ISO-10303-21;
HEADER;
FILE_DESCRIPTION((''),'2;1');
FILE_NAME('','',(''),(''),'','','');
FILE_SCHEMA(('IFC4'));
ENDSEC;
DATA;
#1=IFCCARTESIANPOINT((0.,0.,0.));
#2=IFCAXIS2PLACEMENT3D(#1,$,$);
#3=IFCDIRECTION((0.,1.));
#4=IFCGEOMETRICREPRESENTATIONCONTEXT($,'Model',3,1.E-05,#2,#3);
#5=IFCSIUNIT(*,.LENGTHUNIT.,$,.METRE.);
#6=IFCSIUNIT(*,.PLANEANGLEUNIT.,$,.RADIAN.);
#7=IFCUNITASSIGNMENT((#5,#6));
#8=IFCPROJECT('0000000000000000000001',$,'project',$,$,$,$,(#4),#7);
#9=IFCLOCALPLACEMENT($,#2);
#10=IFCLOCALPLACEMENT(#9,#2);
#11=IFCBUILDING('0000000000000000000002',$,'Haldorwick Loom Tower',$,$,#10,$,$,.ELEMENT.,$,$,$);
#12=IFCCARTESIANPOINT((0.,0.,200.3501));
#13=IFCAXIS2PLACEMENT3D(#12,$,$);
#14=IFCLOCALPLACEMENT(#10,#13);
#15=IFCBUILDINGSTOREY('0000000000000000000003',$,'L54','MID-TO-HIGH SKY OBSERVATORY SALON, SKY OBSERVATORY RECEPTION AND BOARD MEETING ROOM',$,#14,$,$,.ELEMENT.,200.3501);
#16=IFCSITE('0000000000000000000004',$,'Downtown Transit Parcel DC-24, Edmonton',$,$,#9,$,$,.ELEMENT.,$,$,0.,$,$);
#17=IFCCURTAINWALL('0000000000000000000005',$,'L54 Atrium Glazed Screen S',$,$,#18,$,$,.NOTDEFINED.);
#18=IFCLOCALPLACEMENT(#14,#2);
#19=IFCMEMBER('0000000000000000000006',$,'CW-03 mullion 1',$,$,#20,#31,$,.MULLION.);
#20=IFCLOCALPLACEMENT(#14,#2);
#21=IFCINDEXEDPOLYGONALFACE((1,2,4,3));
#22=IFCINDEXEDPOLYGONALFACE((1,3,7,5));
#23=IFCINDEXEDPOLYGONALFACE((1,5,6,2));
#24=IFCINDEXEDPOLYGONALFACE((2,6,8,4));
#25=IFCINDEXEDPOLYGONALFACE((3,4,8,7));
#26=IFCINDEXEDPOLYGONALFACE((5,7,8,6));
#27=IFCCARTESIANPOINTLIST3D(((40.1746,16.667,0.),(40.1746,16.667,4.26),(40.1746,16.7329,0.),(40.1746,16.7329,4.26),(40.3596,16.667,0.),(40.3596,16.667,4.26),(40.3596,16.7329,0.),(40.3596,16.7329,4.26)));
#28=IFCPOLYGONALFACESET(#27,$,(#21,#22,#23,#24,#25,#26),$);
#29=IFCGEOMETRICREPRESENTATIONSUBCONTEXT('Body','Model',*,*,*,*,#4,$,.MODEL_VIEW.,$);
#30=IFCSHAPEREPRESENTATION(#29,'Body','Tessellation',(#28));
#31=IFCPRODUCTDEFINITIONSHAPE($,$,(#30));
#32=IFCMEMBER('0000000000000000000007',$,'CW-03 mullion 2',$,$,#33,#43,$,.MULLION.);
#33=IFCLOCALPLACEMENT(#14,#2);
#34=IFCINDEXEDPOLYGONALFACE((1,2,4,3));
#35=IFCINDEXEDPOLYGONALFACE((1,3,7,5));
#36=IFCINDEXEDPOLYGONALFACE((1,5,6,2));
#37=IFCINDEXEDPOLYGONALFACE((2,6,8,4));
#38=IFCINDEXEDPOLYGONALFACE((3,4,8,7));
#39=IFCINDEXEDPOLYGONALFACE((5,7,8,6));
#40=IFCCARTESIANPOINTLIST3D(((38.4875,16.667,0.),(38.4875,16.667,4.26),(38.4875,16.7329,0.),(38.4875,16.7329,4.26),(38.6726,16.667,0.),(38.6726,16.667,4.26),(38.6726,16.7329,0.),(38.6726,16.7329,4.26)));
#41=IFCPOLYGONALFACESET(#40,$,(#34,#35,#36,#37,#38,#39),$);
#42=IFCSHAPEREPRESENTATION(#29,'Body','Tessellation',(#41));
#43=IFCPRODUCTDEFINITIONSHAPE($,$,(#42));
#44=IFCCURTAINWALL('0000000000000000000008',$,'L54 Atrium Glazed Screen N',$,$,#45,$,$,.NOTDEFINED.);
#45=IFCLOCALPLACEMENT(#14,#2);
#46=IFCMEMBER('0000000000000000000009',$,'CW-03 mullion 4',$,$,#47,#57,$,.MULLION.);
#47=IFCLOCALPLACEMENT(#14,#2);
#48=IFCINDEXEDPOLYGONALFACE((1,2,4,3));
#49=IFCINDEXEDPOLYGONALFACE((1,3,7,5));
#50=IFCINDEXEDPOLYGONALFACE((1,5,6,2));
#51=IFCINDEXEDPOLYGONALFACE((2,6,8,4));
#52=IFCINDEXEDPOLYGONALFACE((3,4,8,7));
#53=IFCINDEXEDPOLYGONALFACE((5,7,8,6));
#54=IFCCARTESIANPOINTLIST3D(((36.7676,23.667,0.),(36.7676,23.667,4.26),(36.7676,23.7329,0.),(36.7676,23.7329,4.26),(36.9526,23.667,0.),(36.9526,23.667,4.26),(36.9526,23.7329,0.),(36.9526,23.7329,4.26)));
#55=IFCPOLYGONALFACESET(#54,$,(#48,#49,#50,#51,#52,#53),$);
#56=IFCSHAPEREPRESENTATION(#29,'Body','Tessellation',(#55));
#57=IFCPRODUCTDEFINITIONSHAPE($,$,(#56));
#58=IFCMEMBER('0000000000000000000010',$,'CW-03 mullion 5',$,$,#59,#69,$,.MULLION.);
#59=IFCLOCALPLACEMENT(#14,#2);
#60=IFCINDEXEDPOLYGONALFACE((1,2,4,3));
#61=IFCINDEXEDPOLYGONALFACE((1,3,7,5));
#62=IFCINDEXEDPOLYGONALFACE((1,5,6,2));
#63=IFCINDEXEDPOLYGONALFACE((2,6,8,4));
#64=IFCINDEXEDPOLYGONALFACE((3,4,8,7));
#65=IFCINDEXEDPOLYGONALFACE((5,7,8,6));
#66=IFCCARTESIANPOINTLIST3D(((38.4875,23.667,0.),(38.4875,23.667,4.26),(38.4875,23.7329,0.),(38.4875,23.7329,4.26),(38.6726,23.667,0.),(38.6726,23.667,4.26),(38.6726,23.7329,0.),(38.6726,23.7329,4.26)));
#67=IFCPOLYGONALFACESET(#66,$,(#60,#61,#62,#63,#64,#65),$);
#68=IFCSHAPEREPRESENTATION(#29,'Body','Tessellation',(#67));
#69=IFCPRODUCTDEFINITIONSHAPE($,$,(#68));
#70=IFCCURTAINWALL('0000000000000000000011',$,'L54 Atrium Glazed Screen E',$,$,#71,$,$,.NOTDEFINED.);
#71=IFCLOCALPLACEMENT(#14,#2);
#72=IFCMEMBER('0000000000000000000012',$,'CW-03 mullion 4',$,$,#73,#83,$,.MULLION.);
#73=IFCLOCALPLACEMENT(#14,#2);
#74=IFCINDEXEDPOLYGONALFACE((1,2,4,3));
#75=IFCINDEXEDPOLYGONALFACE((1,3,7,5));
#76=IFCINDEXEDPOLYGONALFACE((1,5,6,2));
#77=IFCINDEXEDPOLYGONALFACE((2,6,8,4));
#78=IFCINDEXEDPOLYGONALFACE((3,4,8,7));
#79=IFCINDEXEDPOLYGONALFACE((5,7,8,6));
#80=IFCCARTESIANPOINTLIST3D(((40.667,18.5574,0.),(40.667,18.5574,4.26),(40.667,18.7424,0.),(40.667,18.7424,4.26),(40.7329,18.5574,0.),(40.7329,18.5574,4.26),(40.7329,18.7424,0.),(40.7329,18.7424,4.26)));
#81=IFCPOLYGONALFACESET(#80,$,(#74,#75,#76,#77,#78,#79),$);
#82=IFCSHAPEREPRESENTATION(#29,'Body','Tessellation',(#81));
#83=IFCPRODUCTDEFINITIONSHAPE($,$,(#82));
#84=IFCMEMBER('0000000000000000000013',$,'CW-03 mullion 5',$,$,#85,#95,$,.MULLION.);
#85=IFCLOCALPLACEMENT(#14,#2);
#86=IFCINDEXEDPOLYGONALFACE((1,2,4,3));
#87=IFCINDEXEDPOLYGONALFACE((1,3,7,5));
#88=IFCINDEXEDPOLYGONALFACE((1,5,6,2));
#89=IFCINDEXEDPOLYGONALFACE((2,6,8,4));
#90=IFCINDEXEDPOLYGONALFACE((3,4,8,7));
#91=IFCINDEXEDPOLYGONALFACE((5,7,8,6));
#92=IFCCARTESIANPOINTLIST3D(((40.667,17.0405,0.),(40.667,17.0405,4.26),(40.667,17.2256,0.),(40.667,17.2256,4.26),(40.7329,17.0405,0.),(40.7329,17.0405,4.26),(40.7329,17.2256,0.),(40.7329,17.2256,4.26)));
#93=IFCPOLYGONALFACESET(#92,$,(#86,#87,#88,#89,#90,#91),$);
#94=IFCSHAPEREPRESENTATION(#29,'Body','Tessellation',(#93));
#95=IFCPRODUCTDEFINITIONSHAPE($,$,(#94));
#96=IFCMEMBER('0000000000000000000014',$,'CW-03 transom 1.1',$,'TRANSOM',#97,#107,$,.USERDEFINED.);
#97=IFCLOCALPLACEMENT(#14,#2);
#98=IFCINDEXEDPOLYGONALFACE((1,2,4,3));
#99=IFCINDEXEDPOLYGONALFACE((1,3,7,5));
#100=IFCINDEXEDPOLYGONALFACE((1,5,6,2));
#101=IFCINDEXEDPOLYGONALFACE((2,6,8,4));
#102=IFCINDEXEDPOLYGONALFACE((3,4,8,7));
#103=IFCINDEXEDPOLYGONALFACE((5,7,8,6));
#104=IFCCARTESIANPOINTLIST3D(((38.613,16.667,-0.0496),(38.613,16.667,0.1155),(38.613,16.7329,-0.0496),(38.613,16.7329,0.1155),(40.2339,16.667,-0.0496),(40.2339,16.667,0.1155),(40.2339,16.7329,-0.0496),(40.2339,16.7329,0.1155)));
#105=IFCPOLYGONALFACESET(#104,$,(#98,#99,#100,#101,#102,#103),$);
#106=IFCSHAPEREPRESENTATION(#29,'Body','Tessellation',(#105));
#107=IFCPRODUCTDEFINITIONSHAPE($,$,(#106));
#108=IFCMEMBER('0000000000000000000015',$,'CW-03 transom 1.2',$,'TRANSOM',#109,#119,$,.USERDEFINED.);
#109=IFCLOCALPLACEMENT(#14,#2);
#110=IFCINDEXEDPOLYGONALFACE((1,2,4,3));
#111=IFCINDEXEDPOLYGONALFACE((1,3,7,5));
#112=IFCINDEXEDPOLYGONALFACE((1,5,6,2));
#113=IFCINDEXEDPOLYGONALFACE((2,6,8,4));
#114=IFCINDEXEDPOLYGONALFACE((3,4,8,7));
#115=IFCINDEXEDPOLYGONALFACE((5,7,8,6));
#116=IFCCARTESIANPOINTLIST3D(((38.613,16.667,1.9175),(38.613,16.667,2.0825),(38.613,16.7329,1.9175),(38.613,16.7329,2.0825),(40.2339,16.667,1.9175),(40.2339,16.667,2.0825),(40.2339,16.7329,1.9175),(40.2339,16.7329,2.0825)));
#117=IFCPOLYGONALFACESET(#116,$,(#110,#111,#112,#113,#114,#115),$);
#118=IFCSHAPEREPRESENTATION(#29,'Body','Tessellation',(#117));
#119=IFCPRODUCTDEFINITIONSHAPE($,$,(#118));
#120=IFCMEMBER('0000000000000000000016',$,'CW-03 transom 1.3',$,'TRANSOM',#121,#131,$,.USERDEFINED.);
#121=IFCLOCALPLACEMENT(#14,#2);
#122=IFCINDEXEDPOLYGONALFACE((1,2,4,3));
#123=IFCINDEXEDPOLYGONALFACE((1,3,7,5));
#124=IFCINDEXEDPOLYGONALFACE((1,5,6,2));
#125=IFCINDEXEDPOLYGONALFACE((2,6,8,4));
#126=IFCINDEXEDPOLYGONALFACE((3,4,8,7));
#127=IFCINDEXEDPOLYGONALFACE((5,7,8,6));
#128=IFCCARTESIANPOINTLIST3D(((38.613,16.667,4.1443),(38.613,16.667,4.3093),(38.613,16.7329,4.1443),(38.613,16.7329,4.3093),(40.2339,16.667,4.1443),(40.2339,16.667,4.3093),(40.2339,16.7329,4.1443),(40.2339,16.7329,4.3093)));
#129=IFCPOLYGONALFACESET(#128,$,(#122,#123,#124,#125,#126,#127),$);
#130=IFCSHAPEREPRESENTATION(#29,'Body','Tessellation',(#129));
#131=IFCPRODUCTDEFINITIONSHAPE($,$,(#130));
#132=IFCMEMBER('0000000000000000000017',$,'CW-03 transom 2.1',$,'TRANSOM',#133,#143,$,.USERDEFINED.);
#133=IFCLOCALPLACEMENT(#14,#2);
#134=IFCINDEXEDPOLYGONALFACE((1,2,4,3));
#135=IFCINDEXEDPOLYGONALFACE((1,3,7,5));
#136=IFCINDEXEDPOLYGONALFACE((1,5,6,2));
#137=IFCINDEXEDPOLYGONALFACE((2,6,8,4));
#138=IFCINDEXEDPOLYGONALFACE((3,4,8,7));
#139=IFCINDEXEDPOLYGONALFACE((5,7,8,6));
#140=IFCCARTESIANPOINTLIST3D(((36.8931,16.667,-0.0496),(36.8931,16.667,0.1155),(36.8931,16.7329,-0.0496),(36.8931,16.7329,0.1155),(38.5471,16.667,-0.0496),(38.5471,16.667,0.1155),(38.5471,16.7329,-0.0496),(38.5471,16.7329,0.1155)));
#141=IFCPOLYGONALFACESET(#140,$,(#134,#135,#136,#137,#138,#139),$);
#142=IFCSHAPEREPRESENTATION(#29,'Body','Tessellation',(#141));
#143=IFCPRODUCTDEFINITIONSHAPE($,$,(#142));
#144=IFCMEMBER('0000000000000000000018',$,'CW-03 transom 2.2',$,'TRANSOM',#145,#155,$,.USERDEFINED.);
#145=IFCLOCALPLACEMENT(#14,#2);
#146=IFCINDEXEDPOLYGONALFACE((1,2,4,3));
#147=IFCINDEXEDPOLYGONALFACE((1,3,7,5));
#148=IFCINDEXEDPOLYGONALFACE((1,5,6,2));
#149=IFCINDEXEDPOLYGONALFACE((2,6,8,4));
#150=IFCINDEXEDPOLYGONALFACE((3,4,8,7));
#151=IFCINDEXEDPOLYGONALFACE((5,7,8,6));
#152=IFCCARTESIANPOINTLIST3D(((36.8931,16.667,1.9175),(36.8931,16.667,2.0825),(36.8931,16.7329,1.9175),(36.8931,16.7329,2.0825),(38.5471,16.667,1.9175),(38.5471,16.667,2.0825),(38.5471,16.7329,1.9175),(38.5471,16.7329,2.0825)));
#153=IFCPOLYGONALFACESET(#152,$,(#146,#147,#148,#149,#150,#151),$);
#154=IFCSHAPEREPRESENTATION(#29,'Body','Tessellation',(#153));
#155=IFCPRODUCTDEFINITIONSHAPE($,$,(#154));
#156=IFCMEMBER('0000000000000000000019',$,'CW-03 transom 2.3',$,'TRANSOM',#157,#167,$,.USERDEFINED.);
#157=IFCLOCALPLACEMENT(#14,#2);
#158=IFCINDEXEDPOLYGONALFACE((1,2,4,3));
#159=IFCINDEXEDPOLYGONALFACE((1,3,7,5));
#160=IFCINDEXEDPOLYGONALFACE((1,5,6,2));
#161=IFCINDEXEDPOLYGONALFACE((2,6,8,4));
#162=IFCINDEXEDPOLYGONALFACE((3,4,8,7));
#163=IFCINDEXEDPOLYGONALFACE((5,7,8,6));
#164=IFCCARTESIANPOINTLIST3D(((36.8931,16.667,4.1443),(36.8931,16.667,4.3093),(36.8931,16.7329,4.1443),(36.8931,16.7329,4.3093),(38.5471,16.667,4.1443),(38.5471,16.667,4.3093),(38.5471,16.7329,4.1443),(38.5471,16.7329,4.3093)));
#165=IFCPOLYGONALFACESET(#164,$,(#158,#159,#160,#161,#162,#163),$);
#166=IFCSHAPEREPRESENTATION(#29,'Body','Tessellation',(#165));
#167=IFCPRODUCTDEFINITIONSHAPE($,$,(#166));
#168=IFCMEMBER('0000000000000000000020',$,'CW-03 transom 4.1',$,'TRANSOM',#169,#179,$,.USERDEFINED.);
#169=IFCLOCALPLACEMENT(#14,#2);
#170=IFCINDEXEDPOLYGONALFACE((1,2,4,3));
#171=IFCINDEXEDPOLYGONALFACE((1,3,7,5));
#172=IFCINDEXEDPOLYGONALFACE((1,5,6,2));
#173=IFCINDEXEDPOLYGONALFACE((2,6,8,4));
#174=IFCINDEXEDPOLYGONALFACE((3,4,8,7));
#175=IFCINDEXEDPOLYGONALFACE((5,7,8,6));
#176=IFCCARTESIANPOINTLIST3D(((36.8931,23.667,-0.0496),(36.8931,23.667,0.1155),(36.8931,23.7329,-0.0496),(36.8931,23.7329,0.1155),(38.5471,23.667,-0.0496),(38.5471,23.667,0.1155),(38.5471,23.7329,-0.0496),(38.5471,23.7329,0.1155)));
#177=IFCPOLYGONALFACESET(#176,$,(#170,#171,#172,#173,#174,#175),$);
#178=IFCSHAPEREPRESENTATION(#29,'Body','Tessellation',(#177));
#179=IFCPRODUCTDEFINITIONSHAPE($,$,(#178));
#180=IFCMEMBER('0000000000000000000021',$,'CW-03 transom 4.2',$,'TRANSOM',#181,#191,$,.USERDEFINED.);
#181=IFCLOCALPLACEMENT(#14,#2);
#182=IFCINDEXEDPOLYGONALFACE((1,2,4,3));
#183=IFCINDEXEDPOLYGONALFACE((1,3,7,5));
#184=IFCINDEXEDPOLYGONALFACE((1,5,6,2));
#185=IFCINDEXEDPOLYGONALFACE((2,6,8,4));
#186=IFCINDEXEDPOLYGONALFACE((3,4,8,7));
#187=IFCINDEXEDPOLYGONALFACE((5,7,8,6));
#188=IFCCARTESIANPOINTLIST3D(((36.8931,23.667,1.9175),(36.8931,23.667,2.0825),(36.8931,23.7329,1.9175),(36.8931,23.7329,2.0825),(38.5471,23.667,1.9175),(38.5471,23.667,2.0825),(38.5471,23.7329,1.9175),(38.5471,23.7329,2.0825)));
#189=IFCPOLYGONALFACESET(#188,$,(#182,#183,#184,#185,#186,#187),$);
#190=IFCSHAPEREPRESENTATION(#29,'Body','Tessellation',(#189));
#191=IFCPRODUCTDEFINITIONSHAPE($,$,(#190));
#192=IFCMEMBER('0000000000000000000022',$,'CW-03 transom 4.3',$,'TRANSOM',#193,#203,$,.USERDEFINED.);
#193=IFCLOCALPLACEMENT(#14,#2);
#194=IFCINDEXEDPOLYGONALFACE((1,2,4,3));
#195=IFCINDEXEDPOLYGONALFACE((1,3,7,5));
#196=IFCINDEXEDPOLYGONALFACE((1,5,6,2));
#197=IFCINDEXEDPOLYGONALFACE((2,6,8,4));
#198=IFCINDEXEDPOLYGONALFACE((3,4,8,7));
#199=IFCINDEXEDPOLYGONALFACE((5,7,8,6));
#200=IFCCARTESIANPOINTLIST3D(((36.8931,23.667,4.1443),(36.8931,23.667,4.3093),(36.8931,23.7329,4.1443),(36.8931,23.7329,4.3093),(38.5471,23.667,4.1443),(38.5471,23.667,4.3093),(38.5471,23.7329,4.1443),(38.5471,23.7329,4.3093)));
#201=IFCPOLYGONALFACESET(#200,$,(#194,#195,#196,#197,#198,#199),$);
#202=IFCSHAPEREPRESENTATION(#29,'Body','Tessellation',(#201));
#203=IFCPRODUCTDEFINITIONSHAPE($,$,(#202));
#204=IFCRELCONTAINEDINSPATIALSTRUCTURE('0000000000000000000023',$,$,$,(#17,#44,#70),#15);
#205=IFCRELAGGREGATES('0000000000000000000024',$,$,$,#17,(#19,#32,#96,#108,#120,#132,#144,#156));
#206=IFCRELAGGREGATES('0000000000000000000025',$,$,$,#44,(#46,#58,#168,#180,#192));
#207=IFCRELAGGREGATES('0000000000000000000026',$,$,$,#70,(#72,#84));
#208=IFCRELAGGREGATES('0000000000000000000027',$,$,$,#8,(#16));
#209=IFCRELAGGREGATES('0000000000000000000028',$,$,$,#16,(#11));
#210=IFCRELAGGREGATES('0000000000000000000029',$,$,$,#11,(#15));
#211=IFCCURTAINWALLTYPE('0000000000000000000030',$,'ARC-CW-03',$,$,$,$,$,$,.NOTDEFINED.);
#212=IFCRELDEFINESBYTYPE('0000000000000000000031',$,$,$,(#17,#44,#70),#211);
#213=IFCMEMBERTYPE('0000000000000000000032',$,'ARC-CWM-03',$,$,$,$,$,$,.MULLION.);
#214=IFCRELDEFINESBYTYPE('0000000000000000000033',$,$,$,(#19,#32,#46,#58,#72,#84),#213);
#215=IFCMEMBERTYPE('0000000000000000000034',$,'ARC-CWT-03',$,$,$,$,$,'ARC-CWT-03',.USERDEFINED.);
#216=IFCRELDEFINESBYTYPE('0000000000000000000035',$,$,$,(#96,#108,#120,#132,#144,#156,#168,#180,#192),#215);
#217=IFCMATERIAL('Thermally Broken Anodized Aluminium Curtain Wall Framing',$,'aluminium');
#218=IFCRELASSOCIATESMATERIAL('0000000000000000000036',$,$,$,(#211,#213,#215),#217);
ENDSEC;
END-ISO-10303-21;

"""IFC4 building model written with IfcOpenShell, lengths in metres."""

from ifc_helpers import new_model, si_unit, direction, frame, origin, origin_2d, place, context, subcontext, project, spatial, rectangle, extrude, material, material_profile, profile_set, type_object, element, aggregate, save


model = new_model("IFC4")

# Units and contexts
model_context = context("Model", 3, precision=1e-05, world=origin(), true_north=direction((0.0, 1.0)))
body_context = subcontext(model_context, "Body", "Model", "MODEL_VIEW")
ifc_project = project(units=[si_unit("LENGTHUNIT", "METRE"), si_unit("PLANEANGLEUNIT", "RADIAN")], contexts=[model_context])

# Site, building, storey
site_placement = place(None, origin())
site = spatial("IfcSite", under=ifc_project, at=site_placement, Name="Downtown Transit Parcel DC-24, Edmonton", CompositionType="ELEMENT", RefElevation=0.0)
building_placement = place(site_placement, origin())
building = spatial("IfcBuilding", under=site, at=building_placement, Name="Haldorwick Loom Tower", CompositionType="ELEMENT")
storey_placement = place(building_placement, frame((0.0, 0.0, 200.3501)))
storey = spatial("IfcBuildingStorey", under=building, at=storey_placement, Name="L54", Description="MID-TO-HIGH SKY OBSERVATORY SALON, SKY OBSERVATORY RECEPTION AND BOARD MEETING ROOM", CompositionType="ELEMENT", Elevation=200.3501)

# Curtain walls, members
ifc_material_1 = material(Name="Thermally Broken Anodized Aluminium Curtain Wall Framing", Category="aluminium")
curtain_wall_type = type_object("IfcCurtainWallType", Name="ARC-CW-03", PredefinedType="NOTDEFINED", material=ifc_material_1)
curtain_wall_1_placement = place(storey_placement, origin())
curtain_wall_1 = element("IfcCurtainWall", 1, at=curtain_wall_1_placement, inside=storey, type_object=curtain_wall_type, Name="L54 Atrium Glazed Screen S", PredefinedType="NOTDEFINED")
ifc_material_profile_1 = material_profile(ifc_material_1, rectangle(XDim=0.0659, YDim=0.1851, at=origin_2d()), Name="ALU_MUL_66X185", Category="aluminium")
ifc_profile_set_1 = profile_set([ifc_material_profile_1], Name="Thermally Broken Anodized Aluminium Curtain Wall Framing")
member_type_1 = type_object("IfcMemberType", Name="ARC-CWM-03", PredefinedType="MULLION", material=ifc_profile_set_1)
member_1_placement = place(storey_placement, frame((40.2671, 16.7, 0.0), z_axis=(0.0, 0.0, 1.0), x_axis=(0.0, -1.0, 0.0)))
member_1 = element("IfcMember", 2, at=member_1_placement, type_object=member_type_1, Name="CW-03 mullion 1", PredefinedType="MULLION", context=body_context, shape_type="SweptSolid", body=[
    extrude(rectangle(XDim=0.0659, YDim=0.1851, at=origin_2d()), origin(), (0.0, 0.0, 1.0), 4.26),
])
member_2_placement = place(storey_placement, frame((38.5801, 16.7, 0.0), z_axis=(0.0, 0.0, 1.0), x_axis=(0.0, -1.0, 0.0)))
member_2 = element("IfcMember", 3, at=member_2_placement, type_object=member_type_1, Name="CW-03 mullion 2", PredefinedType="MULLION", context=body_context, shape_type="SweptSolid", body=[
    extrude(rectangle(XDim=0.0659, YDim=0.1851, at=origin_2d()), origin(), (0.0, 0.0, 1.0), 4.26),
])
curtain_wall_2_placement = place(storey_placement, origin())
curtain_wall_2 = element("IfcCurtainWall", 4, at=curtain_wall_2_placement, inside=storey, type_object=curtain_wall_type, Name="L54 Atrium Glazed Screen N", PredefinedType="NOTDEFINED")
member_3_placement = place(storey_placement, frame((36.8601, 23.7, 0.0), z_axis=(0.0, 0.0, 1.0), x_axis=(0.0, 1.0, 0.0)))
member_3 = element("IfcMember", 5, at=member_3_placement, type_object=member_type_1, Name="CW-03 mullion 4", PredefinedType="MULLION", context=body_context, shape_type="SweptSolid", body=[
    extrude(rectangle(XDim=0.0659, YDim=0.1851, at=origin_2d()), origin(), (0.0, 0.0, 1.0), 4.26),
])
member_4_placement = place(storey_placement, frame((38.5801, 23.7, 0.0), z_axis=(0.0, 0.0, 1.0), x_axis=(0.0, 1.0, 0.0)))
member_4 = element("IfcMember", 6, at=member_4_placement, type_object=member_type_1, Name="CW-03 mullion 5", PredefinedType="MULLION", context=body_context, shape_type="SweptSolid", body=[
    extrude(rectangle(XDim=0.0659, YDim=0.1851, at=origin_2d()), origin(), (0.0, 0.0, 1.0), 4.26),
])
curtain_wall_3_placement = place(storey_placement, origin())
curtain_wall_3 = element("IfcCurtainWall", 7, at=curtain_wall_3_placement, inside=storey, type_object=curtain_wall_type, Name="L54 Atrium Glazed Screen E", PredefinedType="NOTDEFINED")
member_5_placement = place(storey_placement, frame((40.7, 18.6499, 0.0), z_axis=(0.0, 0.0, 1.0), x_axis=(1.0, 0.0, 0.0)))
member_5 = element("IfcMember", 8, at=member_5_placement, type_object=member_type_1, Name="CW-03 mullion 4", PredefinedType="MULLION", context=body_context, shape_type="SweptSolid", body=[
    extrude(rectangle(XDim=0.0659, YDim=0.1851, at=origin_2d()), origin(), (0.0, 0.0, 1.0), 4.26),
])
member_6_placement = place(storey_placement, frame((40.7, 17.1331, 0.0), z_axis=(0.0, 0.0, 1.0), x_axis=(1.0, 0.0, 0.0)))
member_6 = element("IfcMember", 9, at=member_6_placement, type_object=member_type_1, Name="CW-03 mullion 5", PredefinedType="MULLION", context=body_context, shape_type="SweptSolid", body=[
    extrude(rectangle(XDim=0.0659, YDim=0.1851, at=origin_2d()), origin(), (0.0, 0.0, 1.0), 4.26),
])

# Members
ifc_material_profile_2 = material_profile(ifc_material_1, rectangle(XDim=0.0659, YDim=0.165, at=origin_2d()), Name="ALU_TRN_66X165", Category="aluminium")
ifc_profile_set_2 = profile_set([ifc_material_profile_2], Name="Thermally Broken Anodized Aluminium Curtain Wall Framing")
member_type_2 = type_object("IfcMemberType", Name="ARC-CWT-03", ElementType="ARC-CWT-03", PredefinedType="USERDEFINED", material=ifc_profile_set_2)
member_7_placement = place(storey_placement, frame((40.2339, 16.7, 0.033), z_axis=(-1.0, 0.0, 0.0), x_axis=(0.0, -1.0, 0.0)))
member_7 = element("IfcMember", 10, at=member_7_placement, type_object=member_type_2, Name="CW-03 transom 1.1", ObjectType="TRANSOM", PredefinedType="USERDEFINED", context=body_context, shape_type="SweptSolid", body=[
    extrude(rectangle(XDim=0.0659, YDim=0.165, at=origin_2d()), origin(), (0.0, 0.0, 1.0), 1.6208),
])
member_8_placement = place(storey_placement, frame((40.2339, 16.7, 2.0), z_axis=(-1.0, 0.0, 0.0), x_axis=(0.0, -1.0, 0.0)))
member_8 = element("IfcMember", 11, at=member_8_placement, type_object=member_type_2, Name="CW-03 transom 1.2", ObjectType="TRANSOM", PredefinedType="USERDEFINED", context=body_context, shape_type="SweptSolid", body=[
    extrude(rectangle(XDim=0.0659, YDim=0.165, at=origin_2d()), origin(), (0.0, 0.0, 1.0), 1.6208),
])
member_9_placement = place(storey_placement, frame((40.2339, 16.7, 4.2268), z_axis=(-1.0, 0.0, 0.0), x_axis=(0.0, -1.0, 0.0)))
member_9 = element("IfcMember", 12, at=member_9_placement, type_object=member_type_2, Name="CW-03 transom 1.3", ObjectType="TRANSOM", PredefinedType="USERDEFINED", context=body_context, shape_type="SweptSolid", body=[
    extrude(rectangle(XDim=0.0659, YDim=0.165, at=origin_2d()), origin(), (0.0, 0.0, 1.0), 1.6208),
])
member_10_placement = place(storey_placement, frame((38.5471, 16.7, 0.033), z_axis=(-1.0, 0.0, 0.0), x_axis=(0.0, -1.0, 0.0)))
member_10 = element("IfcMember", 13, at=member_10_placement, type_object=member_type_2, Name="CW-03 transom 2.1", ObjectType="TRANSOM", PredefinedType="USERDEFINED", context=body_context, shape_type="SweptSolid", body=[
    extrude(rectangle(XDim=0.0659, YDim=0.165, at=origin_2d()), origin(), (0.0, 0.0, 1.0), 1.6541),
])
member_11_placement = place(storey_placement, frame((38.5471, 16.7, 2.0), z_axis=(-1.0, 0.0, 0.0), x_axis=(0.0, -1.0, 0.0)))
member_11 = element("IfcMember", 14, at=member_11_placement, type_object=member_type_2, Name="CW-03 transom 2.2", ObjectType="TRANSOM", PredefinedType="USERDEFINED", context=body_context, shape_type="SweptSolid", body=[
    extrude(rectangle(XDim=0.0659, YDim=0.165, at=origin_2d()), origin(), (0.0, 0.0, 1.0), 1.6541),
])
member_12_placement = place(storey_placement, frame((38.5471, 16.7, 4.2268), z_axis=(-1.0, 0.0, 0.0), x_axis=(0.0, -1.0, 0.0)))
member_12 = element("IfcMember", 15, at=member_12_placement, type_object=member_type_2, Name="CW-03 transom 2.3", ObjectType="TRANSOM", PredefinedType="USERDEFINED", context=body_context, shape_type="SweptSolid", body=[
    extrude(rectangle(XDim=0.0659, YDim=0.165, at=origin_2d()), origin(), (0.0, 0.0, 1.0), 1.6541),
])
member_13_placement = place(storey_placement, frame((36.8931, 23.7, 0.033), z_axis=(1.0, 0.0, 0.0), x_axis=(0.0, 1.0, 0.0)))
member_13 = element("IfcMember", 16, at=member_13_placement, type_object=member_type_2, Name="CW-03 transom 4.1", ObjectType="TRANSOM", PredefinedType="USERDEFINED", context=body_context, shape_type="SweptSolid", body=[
    extrude(rectangle(XDim=0.0659, YDim=0.165, at=origin_2d()), origin(), (0.0, 0.0, 1.0), 1.6541),
])
member_14_placement = place(storey_placement, frame((36.8931, 23.7, 2.0), z_axis=(1.0, 0.0, 0.0), x_axis=(0.0, 1.0, 0.0)))
member_14 = element("IfcMember", 17, at=member_14_placement, type_object=member_type_2, Name="CW-03 transom 4.2", ObjectType="TRANSOM", PredefinedType="USERDEFINED", context=body_context, shape_type="SweptSolid", body=[
    extrude(rectangle(XDim=0.0659, YDim=0.165, at=origin_2d()), origin(), (0.0, 0.0, 1.0), 1.6541),
])
member_15_placement = place(storey_placement, frame((36.8931, 23.7, 4.2268), z_axis=(1.0, 0.0, 0.0), x_axis=(0.0, 1.0, 0.0)))
member_15 = element("IfcMember", 18, at=member_15_placement, type_object=member_type_2, Name="CW-03 transom 4.3", ObjectType="TRANSOM", PredefinedType="USERDEFINED", context=body_context, shape_type="SweptSolid", body=[
    extrude(rectangle(XDim=0.0659, YDim=0.165, at=origin_2d()), origin(), (0.0, 0.0, 1.0), 1.6541),
])

aggregate(curtain_wall_1, [member_1, member_2, member_7, member_8, member_9, member_10, member_11, member_12])
aggregate(curtain_wall_2, [member_3, member_4, member_13, member_14, member_15])
aggregate(curtain_wall_3, [member_5, member_6])

save(model, "model.ifc")
